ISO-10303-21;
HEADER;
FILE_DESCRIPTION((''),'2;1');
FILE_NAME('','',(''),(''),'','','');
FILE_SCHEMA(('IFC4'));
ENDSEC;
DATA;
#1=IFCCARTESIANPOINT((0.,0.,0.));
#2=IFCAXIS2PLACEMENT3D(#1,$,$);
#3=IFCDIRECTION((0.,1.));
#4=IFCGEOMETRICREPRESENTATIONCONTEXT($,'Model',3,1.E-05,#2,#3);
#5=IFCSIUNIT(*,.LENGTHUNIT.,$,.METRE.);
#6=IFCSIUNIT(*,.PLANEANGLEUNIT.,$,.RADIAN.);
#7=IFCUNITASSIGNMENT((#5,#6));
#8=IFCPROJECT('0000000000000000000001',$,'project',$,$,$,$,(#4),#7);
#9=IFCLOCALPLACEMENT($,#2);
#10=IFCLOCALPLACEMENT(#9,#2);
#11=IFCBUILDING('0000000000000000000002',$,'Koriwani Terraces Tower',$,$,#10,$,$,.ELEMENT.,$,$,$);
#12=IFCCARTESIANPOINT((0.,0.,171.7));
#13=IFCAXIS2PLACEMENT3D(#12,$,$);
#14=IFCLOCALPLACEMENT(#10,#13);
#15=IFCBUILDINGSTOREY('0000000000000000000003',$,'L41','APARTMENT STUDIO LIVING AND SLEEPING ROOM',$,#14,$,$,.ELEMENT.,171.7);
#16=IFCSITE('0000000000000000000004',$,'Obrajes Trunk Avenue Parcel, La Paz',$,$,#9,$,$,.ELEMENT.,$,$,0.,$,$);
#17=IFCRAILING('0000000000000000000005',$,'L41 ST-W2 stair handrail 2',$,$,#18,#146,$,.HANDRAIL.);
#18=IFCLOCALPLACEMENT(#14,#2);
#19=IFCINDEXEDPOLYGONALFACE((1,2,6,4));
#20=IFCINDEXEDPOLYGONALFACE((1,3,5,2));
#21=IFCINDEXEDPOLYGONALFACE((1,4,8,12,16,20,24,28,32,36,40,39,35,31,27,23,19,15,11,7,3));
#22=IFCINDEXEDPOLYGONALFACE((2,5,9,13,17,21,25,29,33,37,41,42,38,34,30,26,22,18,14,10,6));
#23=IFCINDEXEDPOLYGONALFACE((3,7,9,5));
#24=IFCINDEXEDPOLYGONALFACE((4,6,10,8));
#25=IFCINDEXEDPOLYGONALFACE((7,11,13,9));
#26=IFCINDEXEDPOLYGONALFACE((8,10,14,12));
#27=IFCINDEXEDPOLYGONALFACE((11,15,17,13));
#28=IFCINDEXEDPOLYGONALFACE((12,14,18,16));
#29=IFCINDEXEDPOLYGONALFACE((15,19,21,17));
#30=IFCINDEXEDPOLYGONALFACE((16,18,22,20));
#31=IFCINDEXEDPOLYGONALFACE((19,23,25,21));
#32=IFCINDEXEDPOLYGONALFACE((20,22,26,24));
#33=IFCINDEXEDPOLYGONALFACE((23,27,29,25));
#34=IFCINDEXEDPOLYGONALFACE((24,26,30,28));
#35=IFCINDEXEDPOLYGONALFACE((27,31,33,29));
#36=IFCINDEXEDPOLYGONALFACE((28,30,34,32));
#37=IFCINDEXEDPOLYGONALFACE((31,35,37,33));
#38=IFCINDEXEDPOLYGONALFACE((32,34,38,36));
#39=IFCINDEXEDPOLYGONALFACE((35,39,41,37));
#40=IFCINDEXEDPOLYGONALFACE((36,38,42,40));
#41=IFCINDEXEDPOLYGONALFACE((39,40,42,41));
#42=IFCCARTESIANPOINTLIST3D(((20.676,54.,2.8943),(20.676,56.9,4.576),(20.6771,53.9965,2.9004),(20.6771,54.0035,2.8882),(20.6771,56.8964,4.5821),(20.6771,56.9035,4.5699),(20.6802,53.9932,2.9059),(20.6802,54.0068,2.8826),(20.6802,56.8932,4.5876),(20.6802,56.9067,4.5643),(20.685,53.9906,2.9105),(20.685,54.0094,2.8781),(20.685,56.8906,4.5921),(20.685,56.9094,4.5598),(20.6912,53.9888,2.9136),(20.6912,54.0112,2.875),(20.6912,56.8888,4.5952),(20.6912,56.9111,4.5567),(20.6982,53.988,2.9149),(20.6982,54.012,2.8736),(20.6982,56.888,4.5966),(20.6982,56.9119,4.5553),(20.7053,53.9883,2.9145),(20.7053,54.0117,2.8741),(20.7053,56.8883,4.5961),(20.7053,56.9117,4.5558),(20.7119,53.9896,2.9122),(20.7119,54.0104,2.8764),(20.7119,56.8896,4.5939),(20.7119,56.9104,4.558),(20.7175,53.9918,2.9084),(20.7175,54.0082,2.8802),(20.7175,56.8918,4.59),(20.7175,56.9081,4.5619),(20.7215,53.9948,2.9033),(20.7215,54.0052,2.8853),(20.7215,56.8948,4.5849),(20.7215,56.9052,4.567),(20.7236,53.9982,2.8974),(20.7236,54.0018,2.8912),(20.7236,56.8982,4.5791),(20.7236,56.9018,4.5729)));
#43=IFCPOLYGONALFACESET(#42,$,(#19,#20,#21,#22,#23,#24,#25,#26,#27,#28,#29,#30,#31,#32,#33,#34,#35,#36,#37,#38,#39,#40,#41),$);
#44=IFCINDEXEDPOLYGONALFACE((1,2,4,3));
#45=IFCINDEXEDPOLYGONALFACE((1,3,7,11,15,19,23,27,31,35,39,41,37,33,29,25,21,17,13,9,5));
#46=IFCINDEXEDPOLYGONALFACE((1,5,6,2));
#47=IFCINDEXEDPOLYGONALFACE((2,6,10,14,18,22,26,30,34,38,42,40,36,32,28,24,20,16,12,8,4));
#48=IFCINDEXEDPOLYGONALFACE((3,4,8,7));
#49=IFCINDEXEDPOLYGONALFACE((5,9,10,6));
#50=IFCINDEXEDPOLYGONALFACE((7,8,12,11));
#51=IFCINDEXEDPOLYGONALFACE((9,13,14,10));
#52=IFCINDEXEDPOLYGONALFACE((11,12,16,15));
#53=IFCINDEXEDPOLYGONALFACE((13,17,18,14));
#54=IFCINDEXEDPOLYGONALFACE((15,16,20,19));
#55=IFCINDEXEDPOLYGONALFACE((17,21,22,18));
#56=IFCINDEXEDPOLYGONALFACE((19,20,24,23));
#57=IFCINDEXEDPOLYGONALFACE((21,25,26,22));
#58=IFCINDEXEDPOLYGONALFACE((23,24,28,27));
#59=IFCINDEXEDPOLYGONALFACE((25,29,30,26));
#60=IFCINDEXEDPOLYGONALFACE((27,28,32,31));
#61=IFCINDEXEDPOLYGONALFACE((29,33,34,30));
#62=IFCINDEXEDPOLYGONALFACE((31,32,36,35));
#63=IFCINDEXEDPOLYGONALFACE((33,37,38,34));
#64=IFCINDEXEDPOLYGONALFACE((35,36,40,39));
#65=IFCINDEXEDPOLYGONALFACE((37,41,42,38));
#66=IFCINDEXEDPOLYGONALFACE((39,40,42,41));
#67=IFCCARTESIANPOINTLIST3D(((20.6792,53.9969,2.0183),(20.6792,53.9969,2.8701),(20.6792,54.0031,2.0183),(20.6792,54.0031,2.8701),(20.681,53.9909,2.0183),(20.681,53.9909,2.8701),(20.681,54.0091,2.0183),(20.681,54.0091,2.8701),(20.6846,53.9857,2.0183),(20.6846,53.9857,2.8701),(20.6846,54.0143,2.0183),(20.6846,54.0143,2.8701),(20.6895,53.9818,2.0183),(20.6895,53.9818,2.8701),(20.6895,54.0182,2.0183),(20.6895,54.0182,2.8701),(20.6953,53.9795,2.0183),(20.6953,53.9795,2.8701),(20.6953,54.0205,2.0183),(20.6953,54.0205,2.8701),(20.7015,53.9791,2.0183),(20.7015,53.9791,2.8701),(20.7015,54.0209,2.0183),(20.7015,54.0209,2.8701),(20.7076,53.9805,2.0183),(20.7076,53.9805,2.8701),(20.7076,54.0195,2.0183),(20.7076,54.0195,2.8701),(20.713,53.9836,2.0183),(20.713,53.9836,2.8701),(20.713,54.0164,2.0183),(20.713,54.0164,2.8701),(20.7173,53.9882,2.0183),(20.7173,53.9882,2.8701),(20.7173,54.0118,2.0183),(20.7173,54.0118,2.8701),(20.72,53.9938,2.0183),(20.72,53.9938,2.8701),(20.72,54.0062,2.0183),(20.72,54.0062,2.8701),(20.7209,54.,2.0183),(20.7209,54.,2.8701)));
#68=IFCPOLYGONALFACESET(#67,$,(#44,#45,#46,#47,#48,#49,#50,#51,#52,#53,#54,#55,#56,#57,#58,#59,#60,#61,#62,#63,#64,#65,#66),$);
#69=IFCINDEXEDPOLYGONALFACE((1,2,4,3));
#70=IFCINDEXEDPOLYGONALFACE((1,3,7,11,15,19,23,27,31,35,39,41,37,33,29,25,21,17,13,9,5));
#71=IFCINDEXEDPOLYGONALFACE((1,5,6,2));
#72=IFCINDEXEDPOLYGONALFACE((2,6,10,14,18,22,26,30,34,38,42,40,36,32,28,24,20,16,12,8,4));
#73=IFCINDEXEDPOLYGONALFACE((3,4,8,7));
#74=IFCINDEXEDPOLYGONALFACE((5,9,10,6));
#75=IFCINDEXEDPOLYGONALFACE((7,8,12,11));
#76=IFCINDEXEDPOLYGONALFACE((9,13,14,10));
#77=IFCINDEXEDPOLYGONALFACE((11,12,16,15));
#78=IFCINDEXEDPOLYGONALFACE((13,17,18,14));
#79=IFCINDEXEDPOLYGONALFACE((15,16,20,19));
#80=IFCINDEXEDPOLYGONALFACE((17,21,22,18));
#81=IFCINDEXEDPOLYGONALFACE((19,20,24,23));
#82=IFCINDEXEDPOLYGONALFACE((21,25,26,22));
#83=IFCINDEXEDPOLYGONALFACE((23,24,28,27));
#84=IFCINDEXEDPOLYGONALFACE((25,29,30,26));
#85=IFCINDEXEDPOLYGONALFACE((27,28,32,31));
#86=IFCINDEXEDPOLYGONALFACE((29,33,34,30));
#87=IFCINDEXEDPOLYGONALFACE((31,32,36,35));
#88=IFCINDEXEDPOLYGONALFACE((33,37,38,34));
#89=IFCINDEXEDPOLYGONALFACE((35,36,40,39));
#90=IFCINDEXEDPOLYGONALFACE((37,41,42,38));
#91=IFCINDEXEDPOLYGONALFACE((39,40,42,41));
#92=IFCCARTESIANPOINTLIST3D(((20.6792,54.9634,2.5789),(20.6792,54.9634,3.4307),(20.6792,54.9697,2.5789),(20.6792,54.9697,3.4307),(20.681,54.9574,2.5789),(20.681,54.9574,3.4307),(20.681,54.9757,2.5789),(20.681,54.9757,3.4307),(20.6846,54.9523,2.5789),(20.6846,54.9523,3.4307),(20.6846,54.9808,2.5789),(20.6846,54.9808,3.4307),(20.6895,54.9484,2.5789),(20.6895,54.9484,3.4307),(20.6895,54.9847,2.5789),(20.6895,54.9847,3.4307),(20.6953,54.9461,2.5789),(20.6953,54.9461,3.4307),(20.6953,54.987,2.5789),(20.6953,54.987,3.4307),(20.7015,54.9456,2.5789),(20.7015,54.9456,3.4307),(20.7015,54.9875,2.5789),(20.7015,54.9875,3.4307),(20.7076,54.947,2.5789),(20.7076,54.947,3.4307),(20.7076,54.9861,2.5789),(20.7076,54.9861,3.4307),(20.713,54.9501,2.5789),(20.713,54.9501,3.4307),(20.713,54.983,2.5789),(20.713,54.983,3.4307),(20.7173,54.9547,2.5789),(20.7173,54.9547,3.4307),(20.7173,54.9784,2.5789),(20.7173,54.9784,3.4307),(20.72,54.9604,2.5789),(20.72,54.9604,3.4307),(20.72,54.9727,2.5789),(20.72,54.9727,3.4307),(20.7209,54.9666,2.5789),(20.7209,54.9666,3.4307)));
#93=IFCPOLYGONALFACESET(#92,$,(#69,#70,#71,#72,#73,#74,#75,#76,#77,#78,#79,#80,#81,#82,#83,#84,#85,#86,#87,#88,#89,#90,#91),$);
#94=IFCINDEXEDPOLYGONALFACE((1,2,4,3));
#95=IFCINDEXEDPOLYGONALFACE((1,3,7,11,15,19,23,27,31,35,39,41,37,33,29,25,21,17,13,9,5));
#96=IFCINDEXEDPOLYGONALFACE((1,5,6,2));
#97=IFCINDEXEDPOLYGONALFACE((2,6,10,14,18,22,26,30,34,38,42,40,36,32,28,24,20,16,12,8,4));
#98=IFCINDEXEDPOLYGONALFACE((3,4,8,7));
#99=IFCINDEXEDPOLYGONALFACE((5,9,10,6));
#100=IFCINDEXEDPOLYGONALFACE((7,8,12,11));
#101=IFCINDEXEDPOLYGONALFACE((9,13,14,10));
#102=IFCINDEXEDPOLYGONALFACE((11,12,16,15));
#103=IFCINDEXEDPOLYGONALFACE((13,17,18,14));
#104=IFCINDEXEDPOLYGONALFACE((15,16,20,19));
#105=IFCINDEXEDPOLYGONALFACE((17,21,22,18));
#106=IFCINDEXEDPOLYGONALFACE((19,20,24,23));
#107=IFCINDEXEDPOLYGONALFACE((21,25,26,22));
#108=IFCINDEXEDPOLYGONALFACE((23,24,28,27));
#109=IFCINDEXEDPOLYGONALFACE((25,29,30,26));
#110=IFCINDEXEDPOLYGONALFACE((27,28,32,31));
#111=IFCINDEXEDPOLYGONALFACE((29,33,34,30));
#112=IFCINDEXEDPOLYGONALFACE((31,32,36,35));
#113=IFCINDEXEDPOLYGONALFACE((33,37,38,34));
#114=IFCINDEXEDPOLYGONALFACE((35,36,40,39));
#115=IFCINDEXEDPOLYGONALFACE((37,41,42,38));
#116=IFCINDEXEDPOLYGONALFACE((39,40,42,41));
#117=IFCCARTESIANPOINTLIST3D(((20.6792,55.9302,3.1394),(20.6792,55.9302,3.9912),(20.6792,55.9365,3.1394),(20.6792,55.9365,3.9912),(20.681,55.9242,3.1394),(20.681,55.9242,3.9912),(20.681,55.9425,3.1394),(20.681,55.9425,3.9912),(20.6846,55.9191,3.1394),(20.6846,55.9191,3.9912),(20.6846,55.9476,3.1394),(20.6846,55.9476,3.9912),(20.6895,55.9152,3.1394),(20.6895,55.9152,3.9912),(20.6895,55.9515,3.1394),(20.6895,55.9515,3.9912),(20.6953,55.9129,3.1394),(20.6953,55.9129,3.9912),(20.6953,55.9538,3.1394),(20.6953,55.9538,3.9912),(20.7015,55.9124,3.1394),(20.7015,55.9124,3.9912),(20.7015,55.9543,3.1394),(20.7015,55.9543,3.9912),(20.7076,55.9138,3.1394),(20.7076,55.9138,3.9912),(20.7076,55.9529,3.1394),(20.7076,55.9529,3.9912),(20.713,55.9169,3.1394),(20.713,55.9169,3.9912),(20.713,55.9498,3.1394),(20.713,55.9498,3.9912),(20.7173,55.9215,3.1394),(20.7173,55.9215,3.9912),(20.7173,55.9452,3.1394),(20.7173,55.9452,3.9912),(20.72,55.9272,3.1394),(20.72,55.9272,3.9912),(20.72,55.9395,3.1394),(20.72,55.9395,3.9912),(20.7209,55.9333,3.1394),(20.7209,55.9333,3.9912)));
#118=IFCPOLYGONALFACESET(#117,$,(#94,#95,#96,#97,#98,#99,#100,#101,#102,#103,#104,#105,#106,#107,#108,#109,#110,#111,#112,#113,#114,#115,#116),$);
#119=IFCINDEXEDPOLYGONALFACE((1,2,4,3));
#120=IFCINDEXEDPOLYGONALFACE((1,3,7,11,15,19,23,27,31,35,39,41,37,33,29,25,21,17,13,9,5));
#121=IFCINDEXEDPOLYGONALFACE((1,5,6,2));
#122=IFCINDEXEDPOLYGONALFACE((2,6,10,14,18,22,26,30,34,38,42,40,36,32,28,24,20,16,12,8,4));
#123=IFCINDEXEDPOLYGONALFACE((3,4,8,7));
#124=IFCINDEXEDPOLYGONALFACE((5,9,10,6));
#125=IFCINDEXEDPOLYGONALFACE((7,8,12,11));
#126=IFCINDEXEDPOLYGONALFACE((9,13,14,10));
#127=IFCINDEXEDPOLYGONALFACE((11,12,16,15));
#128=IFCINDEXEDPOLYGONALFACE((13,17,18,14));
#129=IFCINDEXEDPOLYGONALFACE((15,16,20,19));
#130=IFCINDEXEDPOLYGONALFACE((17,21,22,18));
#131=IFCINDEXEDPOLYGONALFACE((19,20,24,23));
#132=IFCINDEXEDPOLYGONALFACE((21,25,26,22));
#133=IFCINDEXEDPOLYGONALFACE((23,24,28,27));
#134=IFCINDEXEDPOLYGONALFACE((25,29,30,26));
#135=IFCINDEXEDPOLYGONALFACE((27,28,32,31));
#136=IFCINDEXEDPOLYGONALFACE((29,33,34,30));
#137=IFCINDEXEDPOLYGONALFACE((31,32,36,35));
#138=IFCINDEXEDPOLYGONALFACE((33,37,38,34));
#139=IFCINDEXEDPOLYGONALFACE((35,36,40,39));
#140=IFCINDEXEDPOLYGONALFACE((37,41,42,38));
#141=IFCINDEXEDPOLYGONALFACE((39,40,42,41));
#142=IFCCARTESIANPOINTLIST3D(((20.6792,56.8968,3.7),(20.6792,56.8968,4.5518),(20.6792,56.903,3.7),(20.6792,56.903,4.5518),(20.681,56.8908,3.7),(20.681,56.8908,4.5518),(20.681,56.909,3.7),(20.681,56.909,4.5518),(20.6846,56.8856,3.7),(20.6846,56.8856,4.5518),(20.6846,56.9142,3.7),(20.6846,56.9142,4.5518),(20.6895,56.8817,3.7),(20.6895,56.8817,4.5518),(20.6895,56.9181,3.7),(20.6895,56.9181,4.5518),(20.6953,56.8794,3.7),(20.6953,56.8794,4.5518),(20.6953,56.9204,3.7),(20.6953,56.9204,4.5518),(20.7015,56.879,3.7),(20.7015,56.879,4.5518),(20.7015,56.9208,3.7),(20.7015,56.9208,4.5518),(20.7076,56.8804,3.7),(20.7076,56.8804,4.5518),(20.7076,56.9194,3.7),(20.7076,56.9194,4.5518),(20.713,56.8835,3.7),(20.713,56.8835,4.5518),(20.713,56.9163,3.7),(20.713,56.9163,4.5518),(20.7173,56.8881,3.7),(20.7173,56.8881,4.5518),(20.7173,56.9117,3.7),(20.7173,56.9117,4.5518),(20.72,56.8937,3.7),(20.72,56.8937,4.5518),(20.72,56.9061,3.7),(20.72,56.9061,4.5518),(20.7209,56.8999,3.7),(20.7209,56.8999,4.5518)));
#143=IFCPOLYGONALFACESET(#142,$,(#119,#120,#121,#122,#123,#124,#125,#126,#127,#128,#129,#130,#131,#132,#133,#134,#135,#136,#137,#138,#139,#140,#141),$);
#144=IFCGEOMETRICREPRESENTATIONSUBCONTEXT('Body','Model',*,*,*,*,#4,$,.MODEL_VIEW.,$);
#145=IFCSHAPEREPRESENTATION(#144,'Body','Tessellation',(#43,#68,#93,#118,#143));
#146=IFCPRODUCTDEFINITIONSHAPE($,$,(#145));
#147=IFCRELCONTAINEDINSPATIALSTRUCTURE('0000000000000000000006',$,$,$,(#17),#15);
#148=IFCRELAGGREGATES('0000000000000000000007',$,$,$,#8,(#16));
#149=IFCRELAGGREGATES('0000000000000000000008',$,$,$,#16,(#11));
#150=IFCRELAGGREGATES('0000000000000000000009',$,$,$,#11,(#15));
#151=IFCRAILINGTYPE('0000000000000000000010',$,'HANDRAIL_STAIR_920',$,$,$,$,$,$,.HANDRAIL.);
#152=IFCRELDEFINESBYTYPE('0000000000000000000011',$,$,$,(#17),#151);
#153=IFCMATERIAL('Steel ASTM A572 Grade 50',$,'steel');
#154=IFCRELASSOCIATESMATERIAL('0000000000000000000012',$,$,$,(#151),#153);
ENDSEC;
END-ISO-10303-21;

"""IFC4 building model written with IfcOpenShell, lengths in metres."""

from ifc_helpers import new_model, si_unit, direction, frame, origin, origin_2d, place, context, subcontext, project, spatial, circle, extrude, material, type_object, element, save


model = new_model("IFC4")

# Units and contexts
model_context = context("Model", 3, precision=1e-05, world=origin(), true_north=direction((0.0, 1.0)))
body_context = subcontext(model_context, "Body", "Model", "MODEL_VIEW")
ifc_project = project(units=[si_unit("LENGTHUNIT", "METRE"), si_unit("PLANEANGLEUNIT", "RADIAN")], contexts=[model_context])

# Site, building, storey
site_placement = place(None, origin())
site = spatial("IfcSite", under=ifc_project, at=site_placement, Name="Obrajes Trunk Avenue Parcel, La Paz", CompositionType="ELEMENT", RefElevation=0.0)
building_placement = place(site_placement, origin())
building = spatial("IfcBuilding", under=site, at=building_placement, Name="Koriwani Terraces Tower", CompositionType="ELEMENT")
storey_placement = place(building_placement, frame((0.0, 0.0, 171.7)))
storey = spatial("IfcBuildingStorey", under=building, at=storey_placement, Name="L41", Description="APARTMENT STUDIO LIVING AND SLEEPING ROOM", CompositionType="ELEMENT", Elevation=171.7)

# Shared definitions
ifc_material_1 = material(Name="Steel ASTM A572 Grade 50", Category="steel")

# Railing
railing_type_1 = type_object("IfcRailingType", Name="HANDRAIL_STAIR_920", PredefinedType="HANDRAIL", material=ifc_material_1)
railing_1_placement = place(storey_placement, frame((20.7, 54.0, 2.0183)))
element("IfcRailing", 1, at=railing_1_placement, inside=storey, type_object=railing_type_1, Name="L41 ST-W2 stair handrail 2", PredefinedType="HANDRAIL", context=body_context, shape_type="SweptSolid", body=[
    extrude(circle(Radius=0.0239, at=origin_2d()), frame((0.0, 0.0, 0.876), z_axis=(0.0, 0.86507, 0.501651), x_axis=(-1.0, 0.0, 0.0)), (0.0, 0.0, 1.0), 3.3523),
    extrude(circle(Radius=0.021, at=origin_2d()), origin(), (0.0, 0.0, 1.0), 0.8518),
    extrude(circle(Radius=0.021, at=origin_2d()), frame((0.0, 0.9666, 0.5605)), (0.0, 0.0, 1.0), 0.8518),
    extrude(circle(Radius=0.021, at=origin_2d()), frame((0.0, 1.9333, 1.1211)), (0.0, 0.0, 1.0), 0.8518),
    extrude(circle(Radius=0.021, at=origin_2d()), frame((0.0, 2.8999, 1.6816)), (0.0, 0.0, 1.0), 0.8518),
])

save(model, "model.ifc")
